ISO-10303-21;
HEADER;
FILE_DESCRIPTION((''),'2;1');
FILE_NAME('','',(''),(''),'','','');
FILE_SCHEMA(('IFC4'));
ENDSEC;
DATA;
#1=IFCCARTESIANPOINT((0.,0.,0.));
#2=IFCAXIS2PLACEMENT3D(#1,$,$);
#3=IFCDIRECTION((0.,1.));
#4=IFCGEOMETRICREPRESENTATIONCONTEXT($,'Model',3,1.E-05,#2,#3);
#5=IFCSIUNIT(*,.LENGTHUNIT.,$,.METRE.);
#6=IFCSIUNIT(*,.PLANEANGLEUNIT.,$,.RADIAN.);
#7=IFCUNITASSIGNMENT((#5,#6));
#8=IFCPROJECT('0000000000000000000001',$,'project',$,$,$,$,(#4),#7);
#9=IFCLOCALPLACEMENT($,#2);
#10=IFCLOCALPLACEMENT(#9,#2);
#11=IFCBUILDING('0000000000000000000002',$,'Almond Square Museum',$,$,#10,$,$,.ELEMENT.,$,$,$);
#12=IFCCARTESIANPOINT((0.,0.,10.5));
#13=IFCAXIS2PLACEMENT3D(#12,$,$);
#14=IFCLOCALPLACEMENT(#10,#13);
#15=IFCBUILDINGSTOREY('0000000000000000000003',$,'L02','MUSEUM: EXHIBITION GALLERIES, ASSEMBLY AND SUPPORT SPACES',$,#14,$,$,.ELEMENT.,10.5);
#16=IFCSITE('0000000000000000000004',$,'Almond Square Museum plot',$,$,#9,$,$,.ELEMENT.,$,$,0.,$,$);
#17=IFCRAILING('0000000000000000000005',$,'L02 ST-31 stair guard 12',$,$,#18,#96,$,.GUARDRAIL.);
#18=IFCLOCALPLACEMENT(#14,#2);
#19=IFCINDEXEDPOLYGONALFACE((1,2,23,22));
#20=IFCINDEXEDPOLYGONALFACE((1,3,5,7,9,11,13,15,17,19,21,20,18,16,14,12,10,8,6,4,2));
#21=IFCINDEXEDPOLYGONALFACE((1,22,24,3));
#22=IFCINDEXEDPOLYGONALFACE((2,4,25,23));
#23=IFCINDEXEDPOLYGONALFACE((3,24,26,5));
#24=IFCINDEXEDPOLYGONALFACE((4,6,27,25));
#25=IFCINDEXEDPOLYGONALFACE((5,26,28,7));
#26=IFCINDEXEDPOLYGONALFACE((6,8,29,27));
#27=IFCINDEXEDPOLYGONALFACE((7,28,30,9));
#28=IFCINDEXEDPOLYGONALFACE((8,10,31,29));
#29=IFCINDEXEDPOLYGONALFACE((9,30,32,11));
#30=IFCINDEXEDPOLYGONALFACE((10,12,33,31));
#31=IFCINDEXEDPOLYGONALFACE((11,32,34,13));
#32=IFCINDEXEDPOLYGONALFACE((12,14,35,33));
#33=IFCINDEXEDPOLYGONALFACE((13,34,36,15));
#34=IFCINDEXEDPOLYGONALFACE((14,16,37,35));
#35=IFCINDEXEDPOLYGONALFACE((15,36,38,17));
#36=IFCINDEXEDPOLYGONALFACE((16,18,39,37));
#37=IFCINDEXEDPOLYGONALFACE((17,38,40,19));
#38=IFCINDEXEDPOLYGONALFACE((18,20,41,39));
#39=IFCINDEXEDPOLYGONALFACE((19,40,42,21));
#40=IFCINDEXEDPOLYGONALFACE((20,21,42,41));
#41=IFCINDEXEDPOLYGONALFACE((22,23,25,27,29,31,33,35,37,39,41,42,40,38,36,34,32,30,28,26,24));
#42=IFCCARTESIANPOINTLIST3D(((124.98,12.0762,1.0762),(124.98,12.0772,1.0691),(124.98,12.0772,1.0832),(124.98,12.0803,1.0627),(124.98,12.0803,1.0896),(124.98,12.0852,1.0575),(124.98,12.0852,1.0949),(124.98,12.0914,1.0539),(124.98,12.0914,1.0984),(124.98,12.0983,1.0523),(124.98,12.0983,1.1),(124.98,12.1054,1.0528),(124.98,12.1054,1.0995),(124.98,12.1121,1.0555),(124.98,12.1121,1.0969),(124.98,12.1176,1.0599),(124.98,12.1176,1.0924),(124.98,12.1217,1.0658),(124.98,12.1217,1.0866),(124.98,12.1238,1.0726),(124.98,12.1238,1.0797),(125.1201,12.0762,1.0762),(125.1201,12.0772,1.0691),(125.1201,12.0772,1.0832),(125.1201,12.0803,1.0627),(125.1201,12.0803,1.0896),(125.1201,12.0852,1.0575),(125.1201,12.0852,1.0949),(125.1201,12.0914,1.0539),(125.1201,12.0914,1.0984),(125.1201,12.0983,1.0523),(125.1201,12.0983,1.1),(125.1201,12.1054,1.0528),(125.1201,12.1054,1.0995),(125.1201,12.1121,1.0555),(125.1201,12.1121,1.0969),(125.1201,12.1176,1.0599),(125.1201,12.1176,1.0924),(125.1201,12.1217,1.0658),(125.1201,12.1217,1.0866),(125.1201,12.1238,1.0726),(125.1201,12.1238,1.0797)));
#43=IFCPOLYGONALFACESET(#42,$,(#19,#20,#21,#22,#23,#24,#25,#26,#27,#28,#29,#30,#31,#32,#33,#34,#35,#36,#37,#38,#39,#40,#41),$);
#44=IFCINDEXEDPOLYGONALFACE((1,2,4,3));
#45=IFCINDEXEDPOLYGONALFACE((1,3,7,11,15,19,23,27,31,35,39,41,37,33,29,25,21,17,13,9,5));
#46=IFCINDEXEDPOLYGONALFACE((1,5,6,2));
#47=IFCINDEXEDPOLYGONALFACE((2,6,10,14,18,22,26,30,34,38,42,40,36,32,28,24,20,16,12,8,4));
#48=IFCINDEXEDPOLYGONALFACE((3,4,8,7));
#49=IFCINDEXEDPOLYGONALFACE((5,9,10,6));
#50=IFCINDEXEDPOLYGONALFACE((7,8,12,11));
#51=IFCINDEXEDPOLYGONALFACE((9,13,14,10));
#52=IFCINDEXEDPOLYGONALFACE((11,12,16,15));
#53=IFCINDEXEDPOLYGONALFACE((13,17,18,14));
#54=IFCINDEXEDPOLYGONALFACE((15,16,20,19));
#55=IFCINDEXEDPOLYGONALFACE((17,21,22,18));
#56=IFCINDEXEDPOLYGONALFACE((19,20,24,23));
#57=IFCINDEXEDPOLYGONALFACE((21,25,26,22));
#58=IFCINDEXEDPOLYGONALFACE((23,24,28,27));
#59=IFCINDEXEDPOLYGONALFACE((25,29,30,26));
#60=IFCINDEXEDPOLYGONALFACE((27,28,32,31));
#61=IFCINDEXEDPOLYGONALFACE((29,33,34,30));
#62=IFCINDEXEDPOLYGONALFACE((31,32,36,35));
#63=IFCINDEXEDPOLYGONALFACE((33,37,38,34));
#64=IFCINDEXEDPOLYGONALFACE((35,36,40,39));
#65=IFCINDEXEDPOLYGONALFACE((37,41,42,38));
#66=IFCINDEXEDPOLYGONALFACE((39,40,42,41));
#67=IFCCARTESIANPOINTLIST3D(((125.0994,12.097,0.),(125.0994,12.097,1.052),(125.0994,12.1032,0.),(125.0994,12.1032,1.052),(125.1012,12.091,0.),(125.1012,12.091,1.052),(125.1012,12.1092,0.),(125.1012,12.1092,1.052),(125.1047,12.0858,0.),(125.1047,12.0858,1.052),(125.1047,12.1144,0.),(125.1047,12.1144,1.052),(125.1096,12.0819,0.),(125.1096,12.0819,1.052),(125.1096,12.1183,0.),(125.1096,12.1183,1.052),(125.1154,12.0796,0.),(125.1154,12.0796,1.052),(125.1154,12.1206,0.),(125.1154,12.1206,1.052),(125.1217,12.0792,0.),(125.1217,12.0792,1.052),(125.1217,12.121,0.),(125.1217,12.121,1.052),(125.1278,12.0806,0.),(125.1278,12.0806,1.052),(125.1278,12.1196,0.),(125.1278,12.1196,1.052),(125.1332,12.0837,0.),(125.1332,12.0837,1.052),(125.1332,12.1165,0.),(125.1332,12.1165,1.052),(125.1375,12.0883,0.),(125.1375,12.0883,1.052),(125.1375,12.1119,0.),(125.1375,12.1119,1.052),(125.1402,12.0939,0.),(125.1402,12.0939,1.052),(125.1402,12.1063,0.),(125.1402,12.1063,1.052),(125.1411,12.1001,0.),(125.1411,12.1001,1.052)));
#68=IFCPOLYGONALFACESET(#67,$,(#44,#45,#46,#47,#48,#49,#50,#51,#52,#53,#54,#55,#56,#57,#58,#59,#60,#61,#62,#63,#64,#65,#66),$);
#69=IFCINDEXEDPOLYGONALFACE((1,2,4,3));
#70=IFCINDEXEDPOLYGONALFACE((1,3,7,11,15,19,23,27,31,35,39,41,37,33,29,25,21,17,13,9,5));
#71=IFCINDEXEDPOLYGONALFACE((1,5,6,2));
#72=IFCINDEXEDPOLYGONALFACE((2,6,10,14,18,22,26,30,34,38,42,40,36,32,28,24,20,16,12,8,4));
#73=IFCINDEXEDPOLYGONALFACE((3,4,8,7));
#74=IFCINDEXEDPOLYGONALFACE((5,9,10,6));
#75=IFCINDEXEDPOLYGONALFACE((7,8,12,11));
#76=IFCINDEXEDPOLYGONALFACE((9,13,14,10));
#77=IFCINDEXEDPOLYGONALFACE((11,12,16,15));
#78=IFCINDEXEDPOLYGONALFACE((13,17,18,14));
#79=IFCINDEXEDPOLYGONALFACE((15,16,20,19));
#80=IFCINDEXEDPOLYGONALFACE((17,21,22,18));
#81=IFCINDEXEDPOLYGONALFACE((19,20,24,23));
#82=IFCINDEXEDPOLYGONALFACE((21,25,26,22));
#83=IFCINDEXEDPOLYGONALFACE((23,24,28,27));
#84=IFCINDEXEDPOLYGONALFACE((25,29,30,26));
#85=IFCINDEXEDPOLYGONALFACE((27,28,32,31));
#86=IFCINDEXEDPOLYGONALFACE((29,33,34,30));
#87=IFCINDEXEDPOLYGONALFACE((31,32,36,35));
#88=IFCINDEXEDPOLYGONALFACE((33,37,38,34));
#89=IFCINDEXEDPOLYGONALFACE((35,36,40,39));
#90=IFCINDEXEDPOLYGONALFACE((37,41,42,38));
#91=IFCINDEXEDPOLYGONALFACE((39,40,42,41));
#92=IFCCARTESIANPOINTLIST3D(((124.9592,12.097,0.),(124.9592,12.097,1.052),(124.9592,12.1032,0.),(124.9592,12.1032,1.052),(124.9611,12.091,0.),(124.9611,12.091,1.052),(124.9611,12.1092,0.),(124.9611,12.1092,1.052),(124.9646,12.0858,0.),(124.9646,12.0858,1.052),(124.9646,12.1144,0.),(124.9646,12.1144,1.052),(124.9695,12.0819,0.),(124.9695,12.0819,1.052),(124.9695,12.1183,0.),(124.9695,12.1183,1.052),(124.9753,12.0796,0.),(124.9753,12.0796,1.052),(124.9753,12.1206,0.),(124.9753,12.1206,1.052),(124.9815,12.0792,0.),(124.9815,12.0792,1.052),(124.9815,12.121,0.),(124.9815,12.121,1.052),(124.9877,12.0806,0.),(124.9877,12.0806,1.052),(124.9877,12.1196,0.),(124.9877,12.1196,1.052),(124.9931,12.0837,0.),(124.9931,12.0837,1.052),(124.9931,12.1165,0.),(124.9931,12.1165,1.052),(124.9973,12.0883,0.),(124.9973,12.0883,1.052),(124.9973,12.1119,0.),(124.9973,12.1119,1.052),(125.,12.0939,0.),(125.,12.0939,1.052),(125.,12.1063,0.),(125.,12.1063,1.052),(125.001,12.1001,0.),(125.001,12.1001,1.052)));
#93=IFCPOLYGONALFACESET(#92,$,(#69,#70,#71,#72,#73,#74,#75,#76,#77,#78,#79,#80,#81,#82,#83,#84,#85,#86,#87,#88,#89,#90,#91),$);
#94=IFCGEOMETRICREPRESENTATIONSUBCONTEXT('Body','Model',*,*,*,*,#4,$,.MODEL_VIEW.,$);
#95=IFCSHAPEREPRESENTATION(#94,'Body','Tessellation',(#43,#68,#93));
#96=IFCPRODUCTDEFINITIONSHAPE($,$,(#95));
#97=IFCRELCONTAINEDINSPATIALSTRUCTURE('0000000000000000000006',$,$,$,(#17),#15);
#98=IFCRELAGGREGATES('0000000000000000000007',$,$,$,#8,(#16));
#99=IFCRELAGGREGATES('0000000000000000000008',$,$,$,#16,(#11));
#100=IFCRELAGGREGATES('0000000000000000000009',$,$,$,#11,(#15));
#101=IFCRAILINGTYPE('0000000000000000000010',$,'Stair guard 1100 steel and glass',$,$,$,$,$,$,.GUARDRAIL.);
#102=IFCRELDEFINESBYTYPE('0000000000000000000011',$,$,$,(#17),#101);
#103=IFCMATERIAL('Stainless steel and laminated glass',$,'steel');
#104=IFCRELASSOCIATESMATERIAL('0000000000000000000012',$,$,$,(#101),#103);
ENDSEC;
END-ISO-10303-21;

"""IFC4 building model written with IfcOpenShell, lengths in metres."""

from ifc_helpers import new_model, si_unit, direction, frame, origin, origin_2d, place, context, subcontext, project, spatial, circle, extrude, material, type_object, element, save


model = new_model("IFC4")

# Units and contexts
model_context = context("Model", 3, precision=1e-05, world=origin(), true_north=direction((0.0, 1.0)))
body_context = subcontext(model_context, "Body", "Model", "MODEL_VIEW")
ifc_project = project(units=[si_unit("LENGTHUNIT", "METRE"), si_unit("PLANEANGLEUNIT", "RADIAN")], contexts=[model_context])

# Site, building, storey
site_placement = place(None, origin())
site = spatial("IfcSite", under=ifc_project, at=site_placement, Name="Almond Square Museum plot", CompositionType="ELEMENT", RefElevation=0.0)
building_placement = place(site_placement, origin())
building = spatial("IfcBuilding", under=site, at=building_placement, Name="Almond Square Museum", CompositionType="ELEMENT")
storey_placement = place(building_placement, frame((0.0, 0.0, 10.5)))
storey = spatial("IfcBuildingStorey", under=building, at=storey_placement, Name="L02", Description="MUSEUM: EXHIBITION GALLERIES, ASSEMBLY AND SUPPORT SPACES", CompositionType="ELEMENT", Elevation=10.5)

# Railing
ifc_material_1 = material(Name="Stainless steel and laminated glass", Category="steel")
railing_type_1 = type_object("IfcRailingType", Name="Stair guard 1100 steel and glass", PredefinedType="GUARDRAIL", material=ifc_material_1)
railing_1_placement = place(storey_placement, frame((125.1201, 12.1001, 0.0)))
element("IfcRailing", 1, at=railing_1_placement, inside=storey, type_object=railing_type_1, Name="L02 ST-31 stair guard 12", PredefinedType="GUARDRAIL", context=body_context, shape_type="SweptSolid", body=[
    extrude(circle(Radius=0.0239, at=origin_2d()), frame((0.0, 0.0, 1.0762), z_axis=(-1.0, 0.0, 0.0), x_axis=(0.0, -1.0, 0.0)), (0.0, 0.0, 1.0), 0.1401),
    extrude(circle(Radius=0.021, at=origin_2d()), origin(), (0.0, 0.0, 1.0), 1.052),
    extrude(circle(Radius=0.021, at=origin_2d()), frame((-0.1401, 0.0, 0.0)), (0.0, 0.0, 1.0), 1.052),
])

save(model, "model.ifc")
